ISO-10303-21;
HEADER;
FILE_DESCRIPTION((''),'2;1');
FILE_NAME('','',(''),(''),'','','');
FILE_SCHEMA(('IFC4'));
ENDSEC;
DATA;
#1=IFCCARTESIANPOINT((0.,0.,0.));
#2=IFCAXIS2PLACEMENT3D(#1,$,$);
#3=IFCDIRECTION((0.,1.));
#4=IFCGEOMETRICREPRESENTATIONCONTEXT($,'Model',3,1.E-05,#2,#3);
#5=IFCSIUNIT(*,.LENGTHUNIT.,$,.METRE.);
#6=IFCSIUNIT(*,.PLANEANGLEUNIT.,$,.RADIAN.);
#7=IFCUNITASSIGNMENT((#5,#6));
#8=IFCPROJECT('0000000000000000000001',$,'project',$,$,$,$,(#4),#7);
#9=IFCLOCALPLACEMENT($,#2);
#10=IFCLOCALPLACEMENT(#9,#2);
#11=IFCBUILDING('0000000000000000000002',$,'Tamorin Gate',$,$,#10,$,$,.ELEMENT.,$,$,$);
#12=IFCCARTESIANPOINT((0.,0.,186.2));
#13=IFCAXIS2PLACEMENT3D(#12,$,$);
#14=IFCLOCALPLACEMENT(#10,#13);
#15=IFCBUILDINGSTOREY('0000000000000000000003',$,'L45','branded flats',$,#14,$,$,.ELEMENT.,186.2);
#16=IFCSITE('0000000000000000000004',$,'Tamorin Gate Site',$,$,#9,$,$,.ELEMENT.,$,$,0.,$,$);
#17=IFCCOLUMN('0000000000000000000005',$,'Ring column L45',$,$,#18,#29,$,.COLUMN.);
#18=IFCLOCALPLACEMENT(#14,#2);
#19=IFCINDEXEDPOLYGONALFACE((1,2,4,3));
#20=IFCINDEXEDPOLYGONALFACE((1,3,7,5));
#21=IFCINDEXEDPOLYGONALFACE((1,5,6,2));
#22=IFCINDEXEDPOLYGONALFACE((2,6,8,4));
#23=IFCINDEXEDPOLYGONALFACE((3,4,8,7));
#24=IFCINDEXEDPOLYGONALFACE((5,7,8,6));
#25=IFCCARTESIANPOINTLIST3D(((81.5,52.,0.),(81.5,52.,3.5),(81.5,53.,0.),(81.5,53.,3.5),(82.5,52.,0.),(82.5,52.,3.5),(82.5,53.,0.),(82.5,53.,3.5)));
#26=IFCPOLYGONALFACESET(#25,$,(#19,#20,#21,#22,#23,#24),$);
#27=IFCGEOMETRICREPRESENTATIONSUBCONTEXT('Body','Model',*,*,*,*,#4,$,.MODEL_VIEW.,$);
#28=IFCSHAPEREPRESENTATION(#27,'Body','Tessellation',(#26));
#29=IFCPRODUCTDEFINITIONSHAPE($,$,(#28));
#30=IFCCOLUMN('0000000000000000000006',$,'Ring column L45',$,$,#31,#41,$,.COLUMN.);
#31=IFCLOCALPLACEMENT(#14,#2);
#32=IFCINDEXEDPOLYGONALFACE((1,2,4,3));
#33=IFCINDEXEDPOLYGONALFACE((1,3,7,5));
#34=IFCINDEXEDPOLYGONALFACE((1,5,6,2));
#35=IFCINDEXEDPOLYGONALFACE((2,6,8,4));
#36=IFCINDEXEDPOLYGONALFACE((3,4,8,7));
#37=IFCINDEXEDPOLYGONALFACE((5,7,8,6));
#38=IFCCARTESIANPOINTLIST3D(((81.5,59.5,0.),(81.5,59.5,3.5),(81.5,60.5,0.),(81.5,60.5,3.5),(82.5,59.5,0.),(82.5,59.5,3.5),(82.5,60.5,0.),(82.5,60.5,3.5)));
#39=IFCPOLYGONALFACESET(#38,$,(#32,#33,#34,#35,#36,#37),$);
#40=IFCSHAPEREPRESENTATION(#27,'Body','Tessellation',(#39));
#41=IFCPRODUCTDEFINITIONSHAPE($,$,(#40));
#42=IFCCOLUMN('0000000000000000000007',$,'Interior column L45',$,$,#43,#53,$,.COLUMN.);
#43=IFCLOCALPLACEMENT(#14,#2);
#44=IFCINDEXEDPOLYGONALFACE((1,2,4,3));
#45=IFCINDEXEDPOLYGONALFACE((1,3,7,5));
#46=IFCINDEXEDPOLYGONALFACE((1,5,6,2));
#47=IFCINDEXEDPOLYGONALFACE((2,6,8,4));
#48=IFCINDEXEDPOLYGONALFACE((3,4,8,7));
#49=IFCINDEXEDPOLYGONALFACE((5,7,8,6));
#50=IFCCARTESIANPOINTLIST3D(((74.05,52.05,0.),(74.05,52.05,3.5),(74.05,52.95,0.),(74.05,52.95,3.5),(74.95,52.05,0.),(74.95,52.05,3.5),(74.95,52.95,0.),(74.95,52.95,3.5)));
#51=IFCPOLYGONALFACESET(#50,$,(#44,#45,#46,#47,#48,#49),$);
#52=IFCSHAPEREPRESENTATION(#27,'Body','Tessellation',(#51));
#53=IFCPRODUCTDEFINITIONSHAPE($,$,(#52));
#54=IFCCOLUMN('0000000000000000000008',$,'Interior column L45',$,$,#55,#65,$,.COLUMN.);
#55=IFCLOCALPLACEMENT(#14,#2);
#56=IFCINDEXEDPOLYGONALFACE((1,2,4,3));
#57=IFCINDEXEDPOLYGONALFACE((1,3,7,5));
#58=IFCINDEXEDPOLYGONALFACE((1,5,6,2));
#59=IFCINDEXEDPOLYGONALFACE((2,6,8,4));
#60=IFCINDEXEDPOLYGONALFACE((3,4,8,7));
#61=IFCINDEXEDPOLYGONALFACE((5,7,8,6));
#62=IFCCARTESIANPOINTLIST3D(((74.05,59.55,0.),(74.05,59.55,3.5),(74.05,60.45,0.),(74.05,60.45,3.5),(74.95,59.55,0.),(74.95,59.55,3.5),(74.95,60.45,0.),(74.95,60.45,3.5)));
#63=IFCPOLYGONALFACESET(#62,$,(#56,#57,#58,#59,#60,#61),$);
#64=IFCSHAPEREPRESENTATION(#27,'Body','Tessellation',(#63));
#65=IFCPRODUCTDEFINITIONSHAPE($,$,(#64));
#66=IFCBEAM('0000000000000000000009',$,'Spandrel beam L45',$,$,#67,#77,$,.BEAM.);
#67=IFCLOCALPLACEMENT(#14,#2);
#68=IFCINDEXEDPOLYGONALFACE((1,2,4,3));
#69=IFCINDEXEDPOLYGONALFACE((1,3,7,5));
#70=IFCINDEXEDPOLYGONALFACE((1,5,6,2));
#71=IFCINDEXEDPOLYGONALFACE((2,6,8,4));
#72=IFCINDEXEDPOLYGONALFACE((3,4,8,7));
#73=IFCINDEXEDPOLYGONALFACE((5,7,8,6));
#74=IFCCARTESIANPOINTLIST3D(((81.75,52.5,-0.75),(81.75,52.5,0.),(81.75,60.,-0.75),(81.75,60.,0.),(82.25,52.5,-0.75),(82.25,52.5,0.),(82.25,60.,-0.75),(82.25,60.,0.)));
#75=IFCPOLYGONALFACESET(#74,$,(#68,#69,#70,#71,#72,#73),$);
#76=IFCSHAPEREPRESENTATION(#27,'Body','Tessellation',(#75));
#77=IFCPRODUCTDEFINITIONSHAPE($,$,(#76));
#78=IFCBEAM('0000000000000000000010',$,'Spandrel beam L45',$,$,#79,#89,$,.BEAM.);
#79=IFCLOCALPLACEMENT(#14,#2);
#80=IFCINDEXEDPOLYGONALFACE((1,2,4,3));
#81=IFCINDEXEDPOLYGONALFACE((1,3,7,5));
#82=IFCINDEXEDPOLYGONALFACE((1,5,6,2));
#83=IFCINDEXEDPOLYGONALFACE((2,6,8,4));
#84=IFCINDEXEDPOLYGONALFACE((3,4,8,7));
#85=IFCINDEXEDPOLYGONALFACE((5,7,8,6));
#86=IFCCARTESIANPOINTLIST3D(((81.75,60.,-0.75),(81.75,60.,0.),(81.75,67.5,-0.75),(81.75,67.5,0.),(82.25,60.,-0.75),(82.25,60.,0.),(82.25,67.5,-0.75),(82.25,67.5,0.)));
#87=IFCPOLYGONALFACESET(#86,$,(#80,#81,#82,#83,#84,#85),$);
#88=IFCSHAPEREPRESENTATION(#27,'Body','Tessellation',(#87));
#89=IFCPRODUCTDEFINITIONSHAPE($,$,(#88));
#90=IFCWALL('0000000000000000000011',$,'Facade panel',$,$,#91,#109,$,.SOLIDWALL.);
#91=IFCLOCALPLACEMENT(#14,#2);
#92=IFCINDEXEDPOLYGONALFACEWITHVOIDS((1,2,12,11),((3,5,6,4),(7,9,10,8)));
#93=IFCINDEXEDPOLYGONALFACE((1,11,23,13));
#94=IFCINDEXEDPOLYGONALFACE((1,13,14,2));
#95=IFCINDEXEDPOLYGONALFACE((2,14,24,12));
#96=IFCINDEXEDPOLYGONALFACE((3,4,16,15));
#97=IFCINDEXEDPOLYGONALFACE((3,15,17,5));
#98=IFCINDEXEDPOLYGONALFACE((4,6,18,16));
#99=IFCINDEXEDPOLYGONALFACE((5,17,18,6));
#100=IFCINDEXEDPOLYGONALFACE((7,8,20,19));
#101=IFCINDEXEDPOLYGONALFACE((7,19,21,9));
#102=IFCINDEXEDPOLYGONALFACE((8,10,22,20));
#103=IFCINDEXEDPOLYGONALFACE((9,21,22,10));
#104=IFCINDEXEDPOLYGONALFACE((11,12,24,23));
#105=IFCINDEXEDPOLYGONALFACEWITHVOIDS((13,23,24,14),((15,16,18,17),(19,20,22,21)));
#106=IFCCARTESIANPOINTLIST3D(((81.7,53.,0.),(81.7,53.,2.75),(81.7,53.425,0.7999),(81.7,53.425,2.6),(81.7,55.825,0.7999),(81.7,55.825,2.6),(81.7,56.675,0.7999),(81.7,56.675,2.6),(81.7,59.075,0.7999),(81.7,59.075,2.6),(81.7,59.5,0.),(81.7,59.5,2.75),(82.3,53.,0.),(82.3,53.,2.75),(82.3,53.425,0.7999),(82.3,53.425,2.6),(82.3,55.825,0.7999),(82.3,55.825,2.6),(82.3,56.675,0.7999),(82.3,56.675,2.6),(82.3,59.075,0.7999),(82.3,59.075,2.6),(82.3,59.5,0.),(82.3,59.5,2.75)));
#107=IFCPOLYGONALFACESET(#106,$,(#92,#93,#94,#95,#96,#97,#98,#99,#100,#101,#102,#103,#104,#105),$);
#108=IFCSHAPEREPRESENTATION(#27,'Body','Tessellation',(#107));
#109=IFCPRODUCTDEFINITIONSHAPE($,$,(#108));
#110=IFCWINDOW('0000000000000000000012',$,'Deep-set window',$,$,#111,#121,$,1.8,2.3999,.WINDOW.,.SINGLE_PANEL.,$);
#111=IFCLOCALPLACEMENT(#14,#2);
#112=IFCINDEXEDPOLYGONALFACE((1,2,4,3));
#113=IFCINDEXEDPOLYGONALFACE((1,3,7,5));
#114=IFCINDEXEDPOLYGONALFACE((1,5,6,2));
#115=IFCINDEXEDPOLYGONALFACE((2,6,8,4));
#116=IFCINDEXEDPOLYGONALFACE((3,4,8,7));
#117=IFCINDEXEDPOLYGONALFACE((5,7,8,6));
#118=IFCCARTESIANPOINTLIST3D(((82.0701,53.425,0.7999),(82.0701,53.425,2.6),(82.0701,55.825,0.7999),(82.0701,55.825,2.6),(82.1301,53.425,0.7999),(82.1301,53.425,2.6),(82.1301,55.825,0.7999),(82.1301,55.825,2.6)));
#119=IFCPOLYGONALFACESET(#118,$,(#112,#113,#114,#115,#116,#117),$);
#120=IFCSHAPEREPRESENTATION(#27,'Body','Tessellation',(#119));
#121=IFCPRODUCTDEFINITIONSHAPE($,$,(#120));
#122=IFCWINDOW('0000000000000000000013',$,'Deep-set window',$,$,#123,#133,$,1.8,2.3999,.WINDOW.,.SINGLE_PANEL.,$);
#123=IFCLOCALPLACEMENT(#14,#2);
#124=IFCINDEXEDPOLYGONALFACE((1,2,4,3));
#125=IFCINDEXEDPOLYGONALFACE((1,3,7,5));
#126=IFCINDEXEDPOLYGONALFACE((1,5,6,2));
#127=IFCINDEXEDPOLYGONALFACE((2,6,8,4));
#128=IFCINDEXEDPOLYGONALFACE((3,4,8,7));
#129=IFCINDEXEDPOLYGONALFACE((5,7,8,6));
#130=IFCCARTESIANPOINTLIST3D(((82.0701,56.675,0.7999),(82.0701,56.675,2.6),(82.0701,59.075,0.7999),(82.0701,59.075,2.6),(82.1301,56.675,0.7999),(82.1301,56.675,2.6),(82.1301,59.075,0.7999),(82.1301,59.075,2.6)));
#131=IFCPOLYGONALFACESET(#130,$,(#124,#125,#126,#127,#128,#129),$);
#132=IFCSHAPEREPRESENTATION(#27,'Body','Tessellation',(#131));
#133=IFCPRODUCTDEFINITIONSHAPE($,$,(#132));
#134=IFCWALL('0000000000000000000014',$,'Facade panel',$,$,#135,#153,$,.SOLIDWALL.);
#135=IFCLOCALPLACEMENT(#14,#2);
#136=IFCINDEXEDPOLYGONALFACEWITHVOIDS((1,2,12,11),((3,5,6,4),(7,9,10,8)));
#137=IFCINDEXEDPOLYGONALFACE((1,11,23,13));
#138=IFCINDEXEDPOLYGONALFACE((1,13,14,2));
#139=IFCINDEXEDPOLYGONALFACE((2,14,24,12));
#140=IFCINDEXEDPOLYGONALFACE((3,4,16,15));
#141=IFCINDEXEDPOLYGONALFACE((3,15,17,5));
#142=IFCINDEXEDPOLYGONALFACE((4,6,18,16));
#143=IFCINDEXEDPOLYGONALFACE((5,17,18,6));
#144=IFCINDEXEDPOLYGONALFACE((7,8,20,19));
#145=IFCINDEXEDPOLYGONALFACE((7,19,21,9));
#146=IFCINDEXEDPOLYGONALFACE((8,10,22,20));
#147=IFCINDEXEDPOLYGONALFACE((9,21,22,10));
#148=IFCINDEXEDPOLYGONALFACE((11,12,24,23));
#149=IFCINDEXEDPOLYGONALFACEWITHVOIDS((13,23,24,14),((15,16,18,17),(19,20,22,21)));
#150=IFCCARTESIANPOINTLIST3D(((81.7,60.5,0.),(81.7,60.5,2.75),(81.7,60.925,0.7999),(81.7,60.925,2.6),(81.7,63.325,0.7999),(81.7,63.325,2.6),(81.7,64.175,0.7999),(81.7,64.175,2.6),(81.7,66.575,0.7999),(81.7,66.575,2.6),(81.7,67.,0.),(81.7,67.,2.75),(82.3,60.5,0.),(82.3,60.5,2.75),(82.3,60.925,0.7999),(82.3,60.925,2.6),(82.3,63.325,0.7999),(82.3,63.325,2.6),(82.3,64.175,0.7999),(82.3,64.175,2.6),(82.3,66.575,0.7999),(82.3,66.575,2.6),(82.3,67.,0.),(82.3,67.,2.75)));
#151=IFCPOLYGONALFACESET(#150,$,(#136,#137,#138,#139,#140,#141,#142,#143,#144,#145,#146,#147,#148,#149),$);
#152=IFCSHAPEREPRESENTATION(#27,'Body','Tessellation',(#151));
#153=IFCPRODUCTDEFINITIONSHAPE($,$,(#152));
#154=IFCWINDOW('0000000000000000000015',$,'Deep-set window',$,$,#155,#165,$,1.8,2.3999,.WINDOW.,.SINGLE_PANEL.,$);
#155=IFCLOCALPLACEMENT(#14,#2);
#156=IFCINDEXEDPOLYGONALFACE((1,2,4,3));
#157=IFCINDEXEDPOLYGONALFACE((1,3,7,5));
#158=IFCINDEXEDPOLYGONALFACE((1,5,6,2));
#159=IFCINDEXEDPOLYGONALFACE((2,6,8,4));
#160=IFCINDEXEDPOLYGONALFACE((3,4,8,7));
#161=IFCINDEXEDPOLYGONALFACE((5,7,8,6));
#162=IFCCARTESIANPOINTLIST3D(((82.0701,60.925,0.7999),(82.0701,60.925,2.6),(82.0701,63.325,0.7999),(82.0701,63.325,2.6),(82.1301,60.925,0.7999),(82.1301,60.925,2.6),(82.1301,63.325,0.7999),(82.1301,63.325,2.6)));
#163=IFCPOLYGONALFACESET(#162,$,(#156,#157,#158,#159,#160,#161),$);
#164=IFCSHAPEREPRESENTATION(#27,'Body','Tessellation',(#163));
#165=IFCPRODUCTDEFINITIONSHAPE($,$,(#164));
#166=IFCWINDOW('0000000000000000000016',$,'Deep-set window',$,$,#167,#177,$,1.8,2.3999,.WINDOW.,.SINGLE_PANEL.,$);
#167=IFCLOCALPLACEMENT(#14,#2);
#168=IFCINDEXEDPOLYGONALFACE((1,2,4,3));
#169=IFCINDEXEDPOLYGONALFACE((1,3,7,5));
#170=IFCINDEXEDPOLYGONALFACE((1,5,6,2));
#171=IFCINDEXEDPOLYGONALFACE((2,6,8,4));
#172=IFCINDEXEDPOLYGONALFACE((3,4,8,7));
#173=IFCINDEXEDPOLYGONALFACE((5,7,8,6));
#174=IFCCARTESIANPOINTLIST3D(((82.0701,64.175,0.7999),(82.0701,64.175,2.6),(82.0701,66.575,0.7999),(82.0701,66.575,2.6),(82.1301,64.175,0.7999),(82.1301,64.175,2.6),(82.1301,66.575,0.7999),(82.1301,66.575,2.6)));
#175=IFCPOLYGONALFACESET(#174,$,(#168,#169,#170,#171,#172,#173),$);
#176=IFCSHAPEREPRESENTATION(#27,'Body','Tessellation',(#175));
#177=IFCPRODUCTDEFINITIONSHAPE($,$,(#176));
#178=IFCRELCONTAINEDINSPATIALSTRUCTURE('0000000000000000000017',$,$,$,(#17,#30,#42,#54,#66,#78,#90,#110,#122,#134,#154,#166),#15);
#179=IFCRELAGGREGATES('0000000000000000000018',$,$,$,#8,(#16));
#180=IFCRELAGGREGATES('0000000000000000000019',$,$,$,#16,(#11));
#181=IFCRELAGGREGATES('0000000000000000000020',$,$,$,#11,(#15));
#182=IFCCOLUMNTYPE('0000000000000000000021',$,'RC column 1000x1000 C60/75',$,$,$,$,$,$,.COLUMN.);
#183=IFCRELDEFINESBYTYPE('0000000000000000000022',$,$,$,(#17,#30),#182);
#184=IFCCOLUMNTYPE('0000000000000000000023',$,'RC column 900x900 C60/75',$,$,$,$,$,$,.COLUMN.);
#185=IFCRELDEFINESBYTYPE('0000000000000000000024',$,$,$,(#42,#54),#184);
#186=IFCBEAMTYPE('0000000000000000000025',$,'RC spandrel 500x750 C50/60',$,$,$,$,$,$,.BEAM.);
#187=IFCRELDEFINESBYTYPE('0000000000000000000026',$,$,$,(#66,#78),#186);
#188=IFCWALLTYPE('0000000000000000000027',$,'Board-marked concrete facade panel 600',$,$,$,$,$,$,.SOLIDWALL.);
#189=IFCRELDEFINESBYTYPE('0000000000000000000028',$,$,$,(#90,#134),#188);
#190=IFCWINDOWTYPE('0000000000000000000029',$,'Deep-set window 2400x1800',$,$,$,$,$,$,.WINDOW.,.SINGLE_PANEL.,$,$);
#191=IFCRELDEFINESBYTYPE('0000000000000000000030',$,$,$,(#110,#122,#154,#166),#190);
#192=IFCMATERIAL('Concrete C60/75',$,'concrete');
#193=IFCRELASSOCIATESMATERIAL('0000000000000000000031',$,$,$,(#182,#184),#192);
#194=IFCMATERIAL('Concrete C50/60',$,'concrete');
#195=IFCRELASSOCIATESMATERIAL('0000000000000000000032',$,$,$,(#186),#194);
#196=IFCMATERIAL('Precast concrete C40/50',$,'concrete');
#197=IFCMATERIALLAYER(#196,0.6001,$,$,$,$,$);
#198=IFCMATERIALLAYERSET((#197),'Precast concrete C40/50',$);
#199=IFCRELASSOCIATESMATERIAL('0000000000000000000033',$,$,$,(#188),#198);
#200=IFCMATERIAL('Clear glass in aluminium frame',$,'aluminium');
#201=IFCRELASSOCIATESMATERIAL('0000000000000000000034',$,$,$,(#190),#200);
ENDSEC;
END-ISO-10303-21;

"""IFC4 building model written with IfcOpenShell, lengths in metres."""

from ifc_helpers import new_model, si_unit, direction, frame, frame_2d, origin, origin_2d, place, context, subcontext, project, spatial, rectangle, extrude, material, layer, layer_set, material_profile, profile_set, type_object, element, fill, save


model = new_model("IFC4")

# Units and contexts
model_context = context("Model", 3, precision=1e-05, world=origin(), true_north=direction((0.0, 1.0)))
body_context = subcontext(model_context, "Body", "Model", "MODEL_VIEW")
ifc_project = project(units=[si_unit("LENGTHUNIT", "METRE"), si_unit("PLANEANGLEUNIT", "RADIAN")], contexts=[model_context])

# Site, building, storey
site_placement = place(None, origin())
site = spatial("IfcSite", under=ifc_project, at=site_placement, Name="Tamorin Gate Site", CompositionType="ELEMENT", RefElevation=0.0)
building_placement = place(site_placement, origin())
building = spatial("IfcBuilding", under=site, at=building_placement, Name="Tamorin Gate", CompositionType="ELEMENT")
storey_placement = place(building_placement, frame((0.0, 0.0, 186.2)))
storey = spatial("IfcBuildingStorey", under=building, at=storey_placement, Name="L45", Description="branded flats", CompositionType="ELEMENT", Elevation=186.2)

# Columns
ifc_material_1 = material(Name="Concrete C60/75", Category="concrete")
ifc_material_profile_1 = material_profile(ifc_material_1, rectangle(XDim=1.0, YDim=1.0, at=origin_2d()), Name="RC 1000x1000")
ifc_profile_set_1 = profile_set([ifc_material_profile_1], Name="Concrete C60/75")
column_type_1 = type_object("IfcColumnType", Name="RC column 1000x1000 C60/75", PredefinedType="COLUMN", material=ifc_profile_set_1)
for number, where, z_axis, x_axis, name in (
    (1, (82.0, 52.5, 0.0), (0.0, 0.0, 1.0), (1.0, 0.0, 0.0), "Ring column L45"),
    (2, (82.0, 60.0, 0.0), (0.0, 0.0, 1.0), (1.0, 0.0, 0.0), "Ring column L45"),
):
    element("IfcColumn", number, at=place(storey_placement, frame(where, z_axis=z_axis, x_axis=x_axis)), inside=storey, type_object=column_type_1, Name=name, PredefinedType="COLUMN", context=body_context, shape_type="SweptSolid", body=[
        extrude(rectangle(XDim=1.0, YDim=1.0, at=origin_2d()), origin(), (0.0, 0.0, 1.0), 3.5),
    ])
ifc_material_profile_2 = material_profile(ifc_material_1, rectangle(XDim=0.8999, YDim=0.8999, at=origin_2d()), Name="RC 900x900")
ifc_profile_set_2 = profile_set([ifc_material_profile_2], Name="Concrete C60/75")
column_type_2 = type_object("IfcColumnType", Name="RC column 900x900 C60/75", PredefinedType="COLUMN", material=ifc_profile_set_2)
for number, where, z_axis, x_axis, name in (
    (3, (74.5, 52.5, 0.0), (0.0, 0.0, 1.0), (1.0, 0.0, 0.0), "Interior column L45"),
    (4, (74.5, 60.0, 0.0), (0.0, 0.0, 1.0), (1.0, 0.0, 0.0), "Interior column L45"),
):
    element("IfcColumn", number, at=place(storey_placement, frame(where, z_axis=z_axis, x_axis=x_axis)), inside=storey, type_object=column_type_2, Name=name, PredefinedType="COLUMN", context=body_context, shape_type="SweptSolid", body=[
        extrude(rectangle(XDim=0.8999, YDim=0.8999, at=origin_2d()), origin(), (0.0, 0.0, 1.0), 3.5),
    ])

# Beams
ifc_material_2 = material(Name="Concrete C50/60", Category="concrete")
ifc_material_profile_3 = material_profile(ifc_material_2, rectangle(XDim=0.5, YDim=0.75, at=origin_2d()), Name="RC 500x750")
ifc_profile_set_3 = profile_set([ifc_material_profile_3], Name="Concrete C50/60")
beam_type = type_object("IfcBeamType", Name="RC spandrel 500x750 C50/60", PredefinedType="BEAM", material=ifc_profile_set_3)
for number, where, z_axis, x_axis, name in (
    (5, (82.0, 52.5, -0.375), (0.0, 1.0, 0.0), (-1.0, 0.0, 0.0), "Spandrel beam L45"),
    (6, (82.0, 60.0, -0.375), (0.0, 1.0, 0.0), (-1.0, 0.0, 0.0), "Spandrel beam L45"),
):
    element("IfcBeam", number, at=place(storey_placement, frame(where, z_axis=z_axis, x_axis=x_axis)), inside=storey, type_object=beam_type, Name=name, PredefinedType="BEAM", context=body_context, shape_type="SweptSolid", body=[
        extrude(rectangle(XDim=0.5, YDim=0.75, at=origin_2d()), origin(), (0.0, 0.0, 1.0), 7.5),
    ])

# Walls, openings, windows
ifc_material_3 = material(Name="Precast concrete C40/50", Category="concrete")
ifc_layer_1 = layer(ifc_material_3, 0.6001)
ifc_layer_set_1 = layer_set([ifc_layer_1], Name="Precast concrete C40/50")
wall_type_1 = type_object("IfcWallType", Name="Board-marked concrete facade panel 600", PredefinedType="SOLIDWALL", material=ifc_layer_set_1)
wall_1_placement = place(storey_placement, frame((82.0, 53.0, 0.0), z_axis=(0.0, 0.0, 1.0), x_axis=(0.0, 1.0, 0.0)))
wall_1 = element("IfcWall", 7, at=wall_1_placement, inside=storey, type_object=wall_type_1, Name="Facade panel", PredefinedType="SOLIDWALL", context=body_context, shape_type="SweptSolid", body=[
    extrude(rectangle(XDim=6.5, YDim=0.6001, at=frame_2d((3.25, 0.0))), origin(), (0.0, 0.0, 1.0), 2.75),
])
opening_1_placement = place(wall_1_placement, frame((0.425, 0.0, 0.8)))
opening_1 = element("IfcOpeningElement", 8, at=opening_1_placement, cuts=wall_1, PredefinedType="OPENING", context=body_context, shape_type="SweptSolid", body=[
    extrude(rectangle(XDim=2.3999, YDim=1.8, at=frame_2d((1.2, 0.8999))), frame((0.0, 0.3101, 0.0), z_axis=(0.0, -1.0, 0.0), x_axis=(1.0, 0.0, 0.0)), (0.0, 0.0, 1.0), 0.6201),
])
opening_2_placement = place(wall_1_placement, frame((3.675, 0.0, 0.8)))
opening_2 = element("IfcOpeningElement", 9, at=opening_2_placement, cuts=wall_1, PredefinedType="OPENING", context=body_context, shape_type="SweptSolid", body=[
    extrude(rectangle(XDim=2.3999, YDim=1.8, at=frame_2d((1.2, 0.8999))), frame((0.0, 0.3101, 0.0), z_axis=(0.0, -1.0, 0.0), x_axis=(1.0, 0.0, 0.0)), (0.0, 0.0, 1.0), 0.6201),
])
ifc_material_4 = material(Name="Clear glass in aluminium frame", Category="aluminium")
window_type = type_object("IfcWindowType", Name="Deep-set window 2400x1800", PartitioningType="SINGLE_PANEL", PredefinedType="WINDOW", material=ifc_material_4)
window_1_placement = place(opening_1_placement, origin())
window_1 = element("IfcWindow", 10, at=window_1_placement, inside=storey, type_object=window_type, Name="Deep-set window", OverallHeight=1.8, OverallWidth=2.3999, PartitioningType="SINGLE_PANEL", PredefinedType="WINDOW", context=body_context, shape_type="SweptSolid", body=[
    extrude(rectangle(XDim=2.3999, YDim=1.8, at=frame_2d((1.2, 0.8999))), frame((0.0, -0.0701, 0.0), z_axis=(0.0, -1.0, 0.0), x_axis=(1.0, 0.0, 0.0)), (0.0, 0.0, 1.0), 0.0601),
])
fill(opening_1, window_1)
window_2_placement = place(opening_2_placement, origin())
window_2 = element("IfcWindow", 11, at=window_2_placement, inside=storey, type_object=window_type, Name="Deep-set window", OverallHeight=1.8, OverallWidth=2.3999, PartitioningType="SINGLE_PANEL", PredefinedType="WINDOW", context=body_context, shape_type="SweptSolid", body=[
    extrude(rectangle(XDim=2.3999, YDim=1.8, at=frame_2d((1.2, 0.8999))), frame((0.0, -0.0701, 0.0), z_axis=(0.0, -1.0, 0.0), x_axis=(1.0, 0.0, 0.0)), (0.0, 0.0, 1.0), 0.0601),
])
fill(opening_2, window_2)
wall_2_placement = place(storey_placement, frame((82.0, 60.5, 0.0), z_axis=(0.0, 0.0, 1.0), x_axis=(0.0, 1.0, 0.0)))
wall_2 = element("IfcWall", 12, at=wall_2_placement, inside=storey, type_object=wall_type_1, Name="Facade panel", PredefinedType="SOLIDWALL", context=body_context, shape_type="SweptSolid", body=[
    extrude(rectangle(XDim=6.5, YDim=0.6001, at=frame_2d((3.25, 0.0))), origin(), (0.0, 0.0, 1.0), 2.75),
])
opening_3_placement = place(wall_2_placement, frame((0.425, 0.0, 0.8)))
opening_3 = element("IfcOpeningElement", 13, at=opening_3_placement, cuts=wall_2, PredefinedType="OPENING", context=body_context, shape_type="SweptSolid", body=[
    extrude(rectangle(XDim=2.3999, YDim=1.8, at=frame_2d((1.2, 0.8999))), frame((0.0, 0.3101, 0.0), z_axis=(0.0, -1.0, 0.0), x_axis=(1.0, 0.0, 0.0)), (0.0, 0.0, 1.0), 0.6201),
])
opening_4_placement = place(wall_2_placement, frame((3.675, 0.0, 0.8)))
opening_4 = element("IfcOpeningElement", 14, at=opening_4_placement, cuts=wall_2, PredefinedType="OPENING", context=body_context, shape_type="SweptSolid", body=[
    extrude(rectangle(XDim=2.3999, YDim=1.8, at=frame_2d((1.2, 0.8999))), frame((0.0, 0.3101, 0.0), z_axis=(0.0, -1.0, 0.0), x_axis=(1.0, 0.0, 0.0)), (0.0, 0.0, 1.0), 0.6201),
])
window_3_placement = place(opening_3_placement, origin())
window_3 = element("IfcWindow", 15, at=window_3_placement, inside=storey, type_object=window_type, Name="Deep-set window", OverallHeight=1.8, OverallWidth=2.3999, PartitioningType="SINGLE_PANEL", PredefinedType="WINDOW", context=body_context, shape_type="SweptSolid", body=[
    extrude(rectangle(XDim=2.3999, YDim=1.8, at=frame_2d((1.2, 0.8999))), frame((0.0, -0.0701, 0.0), z_axis=(0.0, -1.0, 0.0), x_axis=(1.0, 0.0, 0.0)), (0.0, 0.0, 1.0), 0.0601),
])
fill(opening_3, window_3)
window_4_placement = place(opening_4_placement, origin())
window_4 = element("IfcWindow", 16, at=window_4_placement, inside=storey, type_object=window_type, Name="Deep-set window", OverallHeight=1.8, OverallWidth=2.3999, PartitioningType="SINGLE_PANEL", PredefinedType="WINDOW", context=body_context, shape_type="SweptSolid", body=[
    extrude(rectangle(XDim=2.3999, YDim=1.8, at=frame_2d((1.2, 0.8999))), frame((0.0, -0.0701, 0.0), z_axis=(0.0, -1.0, 0.0), x_axis=(1.0, 0.0, 0.0)), (0.0, 0.0, 1.0), 0.0601),
])
fill(opening_4, window_4)

save(model, "model.ifc")
